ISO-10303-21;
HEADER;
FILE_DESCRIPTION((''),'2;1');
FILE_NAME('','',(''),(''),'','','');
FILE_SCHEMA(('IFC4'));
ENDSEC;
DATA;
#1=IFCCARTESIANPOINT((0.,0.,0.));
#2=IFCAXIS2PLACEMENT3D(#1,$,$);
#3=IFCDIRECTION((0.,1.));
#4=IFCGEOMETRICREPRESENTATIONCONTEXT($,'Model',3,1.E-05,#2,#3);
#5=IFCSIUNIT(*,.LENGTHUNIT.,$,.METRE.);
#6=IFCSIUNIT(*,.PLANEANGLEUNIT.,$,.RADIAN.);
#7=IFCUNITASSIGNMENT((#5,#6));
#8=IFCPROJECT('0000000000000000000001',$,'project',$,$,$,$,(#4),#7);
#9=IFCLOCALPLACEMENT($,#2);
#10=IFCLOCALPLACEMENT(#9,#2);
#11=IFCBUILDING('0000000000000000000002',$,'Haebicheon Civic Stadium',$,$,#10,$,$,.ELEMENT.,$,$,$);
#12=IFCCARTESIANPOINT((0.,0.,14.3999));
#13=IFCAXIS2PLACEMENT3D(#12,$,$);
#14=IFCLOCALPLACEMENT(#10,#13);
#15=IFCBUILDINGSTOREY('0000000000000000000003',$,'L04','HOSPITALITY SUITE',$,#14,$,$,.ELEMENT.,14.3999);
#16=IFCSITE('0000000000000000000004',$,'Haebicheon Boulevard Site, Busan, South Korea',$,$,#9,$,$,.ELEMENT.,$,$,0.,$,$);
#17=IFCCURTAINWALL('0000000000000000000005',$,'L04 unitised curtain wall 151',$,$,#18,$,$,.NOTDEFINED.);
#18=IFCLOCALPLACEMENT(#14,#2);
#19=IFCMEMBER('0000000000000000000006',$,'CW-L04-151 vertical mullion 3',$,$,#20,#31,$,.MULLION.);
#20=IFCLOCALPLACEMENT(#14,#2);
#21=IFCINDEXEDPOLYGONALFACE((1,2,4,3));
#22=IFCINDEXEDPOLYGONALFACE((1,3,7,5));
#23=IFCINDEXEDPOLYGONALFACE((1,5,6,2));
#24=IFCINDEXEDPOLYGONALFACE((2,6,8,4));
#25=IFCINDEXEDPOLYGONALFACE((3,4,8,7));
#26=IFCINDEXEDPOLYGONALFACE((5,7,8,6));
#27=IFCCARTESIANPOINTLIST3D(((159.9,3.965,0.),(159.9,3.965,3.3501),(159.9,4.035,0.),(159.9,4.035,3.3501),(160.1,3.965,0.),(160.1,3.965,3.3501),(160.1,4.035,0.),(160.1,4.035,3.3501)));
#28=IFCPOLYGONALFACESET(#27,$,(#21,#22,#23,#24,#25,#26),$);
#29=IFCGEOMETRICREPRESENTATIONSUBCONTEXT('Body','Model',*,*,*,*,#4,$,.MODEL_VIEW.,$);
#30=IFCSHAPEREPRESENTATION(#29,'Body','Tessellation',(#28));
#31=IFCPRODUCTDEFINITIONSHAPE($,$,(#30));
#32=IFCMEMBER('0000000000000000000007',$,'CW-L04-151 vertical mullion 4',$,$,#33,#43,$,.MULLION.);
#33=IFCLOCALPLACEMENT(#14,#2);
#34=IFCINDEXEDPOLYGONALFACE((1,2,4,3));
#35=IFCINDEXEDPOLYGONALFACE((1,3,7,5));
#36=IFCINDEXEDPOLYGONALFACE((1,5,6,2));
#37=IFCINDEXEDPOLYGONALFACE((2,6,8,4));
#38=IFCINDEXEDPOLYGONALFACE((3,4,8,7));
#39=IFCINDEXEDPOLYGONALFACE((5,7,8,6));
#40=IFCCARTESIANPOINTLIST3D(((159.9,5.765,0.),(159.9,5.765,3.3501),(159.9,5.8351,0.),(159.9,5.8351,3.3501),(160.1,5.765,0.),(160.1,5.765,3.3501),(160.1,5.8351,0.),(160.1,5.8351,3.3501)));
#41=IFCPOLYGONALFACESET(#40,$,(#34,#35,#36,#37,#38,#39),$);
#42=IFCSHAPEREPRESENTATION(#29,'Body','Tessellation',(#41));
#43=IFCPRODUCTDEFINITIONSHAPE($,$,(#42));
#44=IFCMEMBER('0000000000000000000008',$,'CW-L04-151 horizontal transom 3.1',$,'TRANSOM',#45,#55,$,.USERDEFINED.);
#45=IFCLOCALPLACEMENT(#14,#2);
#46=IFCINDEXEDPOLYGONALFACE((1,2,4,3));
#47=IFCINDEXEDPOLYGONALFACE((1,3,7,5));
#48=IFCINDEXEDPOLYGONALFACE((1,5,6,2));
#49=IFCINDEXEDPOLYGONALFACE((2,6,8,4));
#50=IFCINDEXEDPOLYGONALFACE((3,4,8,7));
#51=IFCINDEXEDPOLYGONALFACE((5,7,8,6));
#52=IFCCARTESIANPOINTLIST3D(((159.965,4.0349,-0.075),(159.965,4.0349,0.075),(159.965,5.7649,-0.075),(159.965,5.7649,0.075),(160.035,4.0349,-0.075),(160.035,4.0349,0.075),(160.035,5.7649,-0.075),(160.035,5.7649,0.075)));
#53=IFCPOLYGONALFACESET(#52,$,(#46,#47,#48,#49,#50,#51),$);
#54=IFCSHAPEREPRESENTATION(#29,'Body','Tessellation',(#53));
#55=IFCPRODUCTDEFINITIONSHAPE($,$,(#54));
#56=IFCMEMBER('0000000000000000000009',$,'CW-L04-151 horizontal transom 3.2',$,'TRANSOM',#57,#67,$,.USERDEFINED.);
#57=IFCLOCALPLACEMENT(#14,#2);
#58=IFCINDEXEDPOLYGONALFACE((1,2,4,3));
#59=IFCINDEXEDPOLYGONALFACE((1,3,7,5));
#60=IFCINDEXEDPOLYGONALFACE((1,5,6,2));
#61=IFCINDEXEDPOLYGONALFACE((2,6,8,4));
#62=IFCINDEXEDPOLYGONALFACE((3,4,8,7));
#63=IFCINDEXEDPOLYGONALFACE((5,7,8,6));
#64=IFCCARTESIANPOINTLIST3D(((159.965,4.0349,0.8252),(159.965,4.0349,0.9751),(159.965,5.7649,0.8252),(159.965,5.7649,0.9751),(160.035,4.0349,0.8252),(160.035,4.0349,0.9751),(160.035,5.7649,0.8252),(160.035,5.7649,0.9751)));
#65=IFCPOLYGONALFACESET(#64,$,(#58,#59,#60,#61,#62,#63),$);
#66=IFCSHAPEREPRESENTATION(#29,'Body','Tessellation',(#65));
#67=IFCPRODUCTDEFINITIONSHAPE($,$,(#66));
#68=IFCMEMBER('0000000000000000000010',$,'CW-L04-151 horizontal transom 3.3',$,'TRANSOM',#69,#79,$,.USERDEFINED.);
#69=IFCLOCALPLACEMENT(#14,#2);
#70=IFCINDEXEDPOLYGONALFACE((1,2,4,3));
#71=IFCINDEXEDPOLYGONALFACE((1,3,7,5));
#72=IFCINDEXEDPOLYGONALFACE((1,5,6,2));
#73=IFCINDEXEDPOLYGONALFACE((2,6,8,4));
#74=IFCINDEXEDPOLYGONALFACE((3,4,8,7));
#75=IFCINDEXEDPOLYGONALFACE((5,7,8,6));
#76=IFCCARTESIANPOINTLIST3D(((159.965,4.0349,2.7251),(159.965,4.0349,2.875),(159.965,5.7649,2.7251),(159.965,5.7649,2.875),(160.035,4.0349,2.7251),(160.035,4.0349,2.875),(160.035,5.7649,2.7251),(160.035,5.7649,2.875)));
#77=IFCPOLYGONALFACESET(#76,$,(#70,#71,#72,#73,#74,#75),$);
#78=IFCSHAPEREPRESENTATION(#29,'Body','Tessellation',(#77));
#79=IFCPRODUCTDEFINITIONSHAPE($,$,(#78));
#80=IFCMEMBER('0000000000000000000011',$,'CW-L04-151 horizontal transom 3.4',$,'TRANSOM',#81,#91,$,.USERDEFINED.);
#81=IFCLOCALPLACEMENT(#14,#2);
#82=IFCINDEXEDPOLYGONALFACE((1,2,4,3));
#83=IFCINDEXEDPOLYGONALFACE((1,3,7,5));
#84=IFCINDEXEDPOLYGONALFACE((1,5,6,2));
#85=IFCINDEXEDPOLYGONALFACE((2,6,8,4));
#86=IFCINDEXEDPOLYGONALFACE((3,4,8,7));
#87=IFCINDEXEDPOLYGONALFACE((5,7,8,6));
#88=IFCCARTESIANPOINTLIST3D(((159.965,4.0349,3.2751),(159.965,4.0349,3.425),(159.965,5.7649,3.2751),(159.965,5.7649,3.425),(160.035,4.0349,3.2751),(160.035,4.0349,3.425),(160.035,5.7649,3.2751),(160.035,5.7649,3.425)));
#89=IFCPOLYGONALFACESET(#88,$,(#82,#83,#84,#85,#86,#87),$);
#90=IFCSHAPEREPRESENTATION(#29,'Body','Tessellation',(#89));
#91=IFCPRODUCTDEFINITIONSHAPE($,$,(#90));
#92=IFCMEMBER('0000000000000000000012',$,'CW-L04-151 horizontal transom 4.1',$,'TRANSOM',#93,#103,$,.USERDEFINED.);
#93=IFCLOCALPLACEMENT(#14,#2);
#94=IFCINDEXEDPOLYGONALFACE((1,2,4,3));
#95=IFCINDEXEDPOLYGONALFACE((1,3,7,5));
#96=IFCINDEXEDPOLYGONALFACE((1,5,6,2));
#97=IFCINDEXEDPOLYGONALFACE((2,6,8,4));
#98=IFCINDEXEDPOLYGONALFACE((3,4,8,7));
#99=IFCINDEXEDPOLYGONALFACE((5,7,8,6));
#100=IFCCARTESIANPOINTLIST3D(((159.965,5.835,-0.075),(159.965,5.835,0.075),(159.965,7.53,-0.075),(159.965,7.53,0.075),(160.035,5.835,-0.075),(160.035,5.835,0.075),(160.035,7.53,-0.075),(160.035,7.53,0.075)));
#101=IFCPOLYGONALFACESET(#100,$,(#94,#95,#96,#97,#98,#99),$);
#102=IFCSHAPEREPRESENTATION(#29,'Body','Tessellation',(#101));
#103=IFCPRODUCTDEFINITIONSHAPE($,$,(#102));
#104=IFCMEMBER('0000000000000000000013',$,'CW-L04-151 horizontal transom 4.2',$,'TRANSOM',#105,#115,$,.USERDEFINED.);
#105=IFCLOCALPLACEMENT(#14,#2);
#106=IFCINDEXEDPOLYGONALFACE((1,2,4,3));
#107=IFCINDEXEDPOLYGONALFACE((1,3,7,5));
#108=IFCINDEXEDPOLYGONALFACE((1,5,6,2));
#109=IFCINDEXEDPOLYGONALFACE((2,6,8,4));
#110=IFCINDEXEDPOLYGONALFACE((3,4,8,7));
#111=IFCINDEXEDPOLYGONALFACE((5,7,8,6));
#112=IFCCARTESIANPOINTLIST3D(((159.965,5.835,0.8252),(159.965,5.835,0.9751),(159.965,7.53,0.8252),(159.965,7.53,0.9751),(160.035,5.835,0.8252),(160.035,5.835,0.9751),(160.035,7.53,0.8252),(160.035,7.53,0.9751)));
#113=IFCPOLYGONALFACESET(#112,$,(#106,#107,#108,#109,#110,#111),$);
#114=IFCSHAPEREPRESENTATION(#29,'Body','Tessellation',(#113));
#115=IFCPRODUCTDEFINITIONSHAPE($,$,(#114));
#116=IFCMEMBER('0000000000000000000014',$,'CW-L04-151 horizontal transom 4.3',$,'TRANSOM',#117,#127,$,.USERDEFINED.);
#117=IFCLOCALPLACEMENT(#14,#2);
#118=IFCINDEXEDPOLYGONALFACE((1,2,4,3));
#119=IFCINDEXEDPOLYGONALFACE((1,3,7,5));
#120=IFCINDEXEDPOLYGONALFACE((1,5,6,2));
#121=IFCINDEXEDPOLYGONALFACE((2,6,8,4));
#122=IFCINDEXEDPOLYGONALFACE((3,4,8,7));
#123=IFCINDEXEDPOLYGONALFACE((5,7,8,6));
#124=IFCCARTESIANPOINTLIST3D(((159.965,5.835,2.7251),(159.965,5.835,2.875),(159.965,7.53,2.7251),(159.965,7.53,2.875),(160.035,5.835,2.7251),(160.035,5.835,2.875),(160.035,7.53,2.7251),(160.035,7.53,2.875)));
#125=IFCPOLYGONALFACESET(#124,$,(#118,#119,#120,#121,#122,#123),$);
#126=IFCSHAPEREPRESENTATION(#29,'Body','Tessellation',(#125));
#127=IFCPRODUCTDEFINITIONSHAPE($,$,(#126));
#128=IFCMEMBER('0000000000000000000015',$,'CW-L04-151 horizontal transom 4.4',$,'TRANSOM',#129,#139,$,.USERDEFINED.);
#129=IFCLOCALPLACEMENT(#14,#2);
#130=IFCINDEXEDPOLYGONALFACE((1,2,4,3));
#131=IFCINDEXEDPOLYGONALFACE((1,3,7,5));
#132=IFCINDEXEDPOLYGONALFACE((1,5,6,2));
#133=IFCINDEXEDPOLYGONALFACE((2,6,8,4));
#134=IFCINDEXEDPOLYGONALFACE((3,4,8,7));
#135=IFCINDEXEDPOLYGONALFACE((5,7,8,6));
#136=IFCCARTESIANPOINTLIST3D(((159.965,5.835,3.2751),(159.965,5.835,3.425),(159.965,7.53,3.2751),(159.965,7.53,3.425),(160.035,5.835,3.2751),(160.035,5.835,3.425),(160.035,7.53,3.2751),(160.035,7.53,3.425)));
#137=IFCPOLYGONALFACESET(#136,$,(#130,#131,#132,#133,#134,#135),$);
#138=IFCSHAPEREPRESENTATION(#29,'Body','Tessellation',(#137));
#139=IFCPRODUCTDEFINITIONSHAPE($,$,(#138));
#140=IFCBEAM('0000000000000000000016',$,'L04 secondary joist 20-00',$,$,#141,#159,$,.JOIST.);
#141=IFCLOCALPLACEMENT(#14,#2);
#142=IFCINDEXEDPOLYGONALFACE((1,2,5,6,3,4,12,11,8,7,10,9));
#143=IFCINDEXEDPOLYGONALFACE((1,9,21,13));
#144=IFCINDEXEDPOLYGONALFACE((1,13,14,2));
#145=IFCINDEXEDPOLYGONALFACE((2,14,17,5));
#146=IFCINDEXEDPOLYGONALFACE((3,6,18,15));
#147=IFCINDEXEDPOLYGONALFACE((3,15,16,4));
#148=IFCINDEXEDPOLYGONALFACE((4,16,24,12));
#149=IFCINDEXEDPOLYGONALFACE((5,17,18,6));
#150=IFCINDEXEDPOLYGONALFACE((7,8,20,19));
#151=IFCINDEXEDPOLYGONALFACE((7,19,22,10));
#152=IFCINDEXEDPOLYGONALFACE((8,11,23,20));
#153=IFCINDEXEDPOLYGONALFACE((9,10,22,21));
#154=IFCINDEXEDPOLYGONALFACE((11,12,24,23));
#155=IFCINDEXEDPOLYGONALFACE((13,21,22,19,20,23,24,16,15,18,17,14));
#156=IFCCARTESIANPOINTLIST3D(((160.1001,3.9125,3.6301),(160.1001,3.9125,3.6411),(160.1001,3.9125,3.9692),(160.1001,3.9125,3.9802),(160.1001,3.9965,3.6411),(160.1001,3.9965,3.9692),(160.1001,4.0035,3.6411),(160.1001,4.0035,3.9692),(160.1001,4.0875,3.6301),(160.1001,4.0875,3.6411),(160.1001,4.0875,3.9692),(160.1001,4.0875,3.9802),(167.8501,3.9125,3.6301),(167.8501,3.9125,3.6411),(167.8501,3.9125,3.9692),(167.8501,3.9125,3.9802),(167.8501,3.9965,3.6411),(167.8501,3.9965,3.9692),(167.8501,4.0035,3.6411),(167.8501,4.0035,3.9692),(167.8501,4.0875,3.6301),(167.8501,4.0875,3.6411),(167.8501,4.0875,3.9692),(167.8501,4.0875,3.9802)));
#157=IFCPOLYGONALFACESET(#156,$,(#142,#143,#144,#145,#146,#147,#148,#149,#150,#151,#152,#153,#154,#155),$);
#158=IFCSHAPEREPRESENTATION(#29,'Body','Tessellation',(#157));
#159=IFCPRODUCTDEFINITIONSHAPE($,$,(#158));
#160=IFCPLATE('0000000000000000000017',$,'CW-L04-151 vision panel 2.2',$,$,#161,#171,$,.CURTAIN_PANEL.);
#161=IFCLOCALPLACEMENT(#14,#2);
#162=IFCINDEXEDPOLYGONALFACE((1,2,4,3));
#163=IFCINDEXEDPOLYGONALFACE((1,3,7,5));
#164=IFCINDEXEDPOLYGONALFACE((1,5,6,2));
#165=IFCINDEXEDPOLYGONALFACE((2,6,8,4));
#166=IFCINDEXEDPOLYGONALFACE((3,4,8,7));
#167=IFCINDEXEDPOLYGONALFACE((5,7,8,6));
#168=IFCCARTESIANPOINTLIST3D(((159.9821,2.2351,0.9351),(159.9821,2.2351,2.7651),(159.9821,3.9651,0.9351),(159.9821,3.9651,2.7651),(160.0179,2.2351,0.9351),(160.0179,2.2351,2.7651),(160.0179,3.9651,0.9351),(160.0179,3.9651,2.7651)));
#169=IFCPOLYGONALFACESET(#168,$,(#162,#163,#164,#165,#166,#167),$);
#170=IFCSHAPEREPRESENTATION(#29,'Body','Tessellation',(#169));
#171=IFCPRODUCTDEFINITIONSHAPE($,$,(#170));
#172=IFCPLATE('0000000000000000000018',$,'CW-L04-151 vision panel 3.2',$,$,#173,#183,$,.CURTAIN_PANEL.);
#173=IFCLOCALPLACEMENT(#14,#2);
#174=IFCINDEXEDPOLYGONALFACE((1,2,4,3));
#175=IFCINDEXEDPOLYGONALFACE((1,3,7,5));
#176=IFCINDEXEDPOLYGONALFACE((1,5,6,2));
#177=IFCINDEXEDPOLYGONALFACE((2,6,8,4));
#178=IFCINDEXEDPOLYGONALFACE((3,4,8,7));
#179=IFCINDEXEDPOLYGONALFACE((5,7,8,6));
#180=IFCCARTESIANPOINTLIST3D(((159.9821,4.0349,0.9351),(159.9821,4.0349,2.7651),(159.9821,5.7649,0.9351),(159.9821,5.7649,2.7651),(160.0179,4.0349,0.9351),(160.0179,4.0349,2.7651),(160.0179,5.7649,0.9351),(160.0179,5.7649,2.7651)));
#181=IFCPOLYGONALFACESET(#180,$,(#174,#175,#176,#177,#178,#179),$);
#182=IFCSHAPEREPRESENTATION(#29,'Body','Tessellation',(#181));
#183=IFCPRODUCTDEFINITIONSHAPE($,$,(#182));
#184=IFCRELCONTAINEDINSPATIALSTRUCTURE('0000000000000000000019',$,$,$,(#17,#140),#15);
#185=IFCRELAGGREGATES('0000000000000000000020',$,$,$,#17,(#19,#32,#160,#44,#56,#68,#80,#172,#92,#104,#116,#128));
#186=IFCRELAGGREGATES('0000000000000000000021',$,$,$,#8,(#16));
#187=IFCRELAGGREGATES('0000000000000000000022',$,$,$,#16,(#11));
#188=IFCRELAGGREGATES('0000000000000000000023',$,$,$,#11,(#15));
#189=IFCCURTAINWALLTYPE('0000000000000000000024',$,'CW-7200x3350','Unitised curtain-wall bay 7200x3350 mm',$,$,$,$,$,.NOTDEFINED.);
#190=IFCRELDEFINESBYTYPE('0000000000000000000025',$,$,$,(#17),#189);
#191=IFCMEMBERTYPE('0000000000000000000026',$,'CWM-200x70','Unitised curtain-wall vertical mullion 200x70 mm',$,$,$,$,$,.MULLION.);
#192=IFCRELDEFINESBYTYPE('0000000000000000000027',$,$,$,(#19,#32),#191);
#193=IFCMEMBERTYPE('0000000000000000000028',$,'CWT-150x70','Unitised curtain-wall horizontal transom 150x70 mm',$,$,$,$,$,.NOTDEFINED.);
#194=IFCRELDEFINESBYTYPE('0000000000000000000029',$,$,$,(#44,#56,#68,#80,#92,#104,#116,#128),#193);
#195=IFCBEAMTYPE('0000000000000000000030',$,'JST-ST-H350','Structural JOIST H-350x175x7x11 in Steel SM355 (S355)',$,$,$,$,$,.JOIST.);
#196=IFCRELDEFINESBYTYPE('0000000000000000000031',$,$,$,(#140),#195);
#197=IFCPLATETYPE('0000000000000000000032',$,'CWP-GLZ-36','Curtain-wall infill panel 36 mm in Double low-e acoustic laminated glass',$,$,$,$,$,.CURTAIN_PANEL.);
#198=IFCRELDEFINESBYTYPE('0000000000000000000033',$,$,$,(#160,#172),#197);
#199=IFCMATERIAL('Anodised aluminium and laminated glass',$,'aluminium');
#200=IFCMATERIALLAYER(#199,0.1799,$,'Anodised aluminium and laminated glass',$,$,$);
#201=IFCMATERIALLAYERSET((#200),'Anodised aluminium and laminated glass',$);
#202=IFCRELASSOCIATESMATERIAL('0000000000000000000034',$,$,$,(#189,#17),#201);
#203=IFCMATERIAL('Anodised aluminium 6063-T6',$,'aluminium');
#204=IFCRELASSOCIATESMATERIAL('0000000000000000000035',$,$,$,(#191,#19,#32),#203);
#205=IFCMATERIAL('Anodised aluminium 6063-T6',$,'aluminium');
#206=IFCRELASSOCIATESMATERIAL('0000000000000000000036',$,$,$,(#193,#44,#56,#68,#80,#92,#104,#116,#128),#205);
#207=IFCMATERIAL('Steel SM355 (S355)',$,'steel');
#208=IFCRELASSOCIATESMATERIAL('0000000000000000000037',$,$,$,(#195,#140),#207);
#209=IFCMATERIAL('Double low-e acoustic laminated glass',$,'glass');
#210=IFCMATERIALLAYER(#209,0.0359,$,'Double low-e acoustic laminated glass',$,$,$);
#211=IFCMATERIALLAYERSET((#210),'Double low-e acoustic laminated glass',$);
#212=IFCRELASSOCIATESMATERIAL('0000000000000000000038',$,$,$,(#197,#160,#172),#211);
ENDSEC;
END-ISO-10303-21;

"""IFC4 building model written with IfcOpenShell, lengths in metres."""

from ifc_helpers import new_model, si_unit, direction, frame, origin, origin_2d, place, context, subcontext, project, spatial, rectangle, i_section, extrude, material, layer, layer_set, material_profile, profile_set, type_object, element, aggregate, save


model = new_model("IFC4")

# Units and contexts
model_context = context("Model", 3, precision=1e-05, world=origin(), true_north=direction((0.0, 1.0)))
body_context = subcontext(model_context, "Body", "Model", "MODEL_VIEW")
ifc_project = project(units=[si_unit("LENGTHUNIT", "METRE"), si_unit("PLANEANGLEUNIT", "RADIAN")], contexts=[model_context])

# Site, building, storey
site_placement = place(None, origin())
site = spatial("IfcSite", under=ifc_project, at=site_placement, Name="Haebicheon Boulevard Site, Busan, South Korea", CompositionType="ELEMENT", RefElevation=0.0)
building_placement = place(site_placement, origin())
building = spatial("IfcBuilding", under=site, at=building_placement, Name="Haebicheon Civic Stadium", CompositionType="ELEMENT")
storey_placement = place(building_placement, frame((0.0, 0.0, 14.3999)))
storey = spatial("IfcBuildingStorey", under=building, at=storey_placement, Name="L04", Description="HOSPITALITY SUITE", CompositionType="ELEMENT", Elevation=14.3999)

# Curtain wall, members
ifc_material_1 = material(Name="Anodised aluminium and laminated glass", Category="aluminium")
ifc_layer_1 = layer(ifc_material_1, 0.1799, Name="Anodised aluminium and laminated glass")
ifc_layer_set_1 = layer_set([ifc_layer_1], Name="Anodised aluminium and laminated glass")
curtain_wall_type = type_object("IfcCurtainWallType", Name="CW-7200x3350", Description="Unitised curtain-wall bay 7200x3350 mm", PredefinedType="NOTDEFINED", material=ifc_layer_set_1)
curtain_wall_placement = place(storey_placement, origin())
curtain_wall = element("IfcCurtainWall", 1, at=curtain_wall_placement, inside=storey, type_object=curtain_wall_type, material=ifc_layer_set_1, Name="L04 unitised curtain wall 151", PredefinedType="NOTDEFINED")
ifc_material_2 = material(Name="Anodised aluminium 6063-T6", Category="aluminium")
ifc_material_profile_1 = material_profile(ifc_material_2, rectangle(XDim=0.0701, YDim=0.2, at=origin_2d()), Name="ALU-MULL-70x200")
ifc_profile_set_1 = profile_set([ifc_material_profile_1], Name="Anodised aluminium 6063-T6")
member_type_1 = type_object("IfcMemberType", Name="CWM-200x70", Description="Unitised curtain-wall vertical mullion 200x70 mm", PredefinedType="MULLION", material=ifc_profile_set_1)
member_1_placement = place(storey_placement, frame((160.0, 4.0, 0.0), z_axis=(0.0, 0.0, 1.0), x_axis=(0.0, 1.0, 0.0)))
member_1 = element("IfcMember", 2, at=member_1_placement, type_object=member_type_1, material=ifc_profile_set_1, Name="CW-L04-151 vertical mullion 3", PredefinedType="MULLION", context=body_context, shape_type="SweptSolid", body=[
    extrude(rectangle(XDim=0.0701, YDim=0.2, at=origin_2d()), origin(), (0.0, 0.0, 1.0), 3.3501),
])
member_2_placement = place(storey_placement, frame((160.0, 5.8, 0.0), z_axis=(0.0, 0.0, 1.0), x_axis=(0.0, 1.0, 0.0)))
member_2 = element("IfcMember", 3, at=member_2_placement, type_object=member_type_1, material=ifc_profile_set_1, Name="CW-L04-151 vertical mullion 4", PredefinedType="MULLION", context=body_context, shape_type="SweptSolid", body=[
    extrude(rectangle(XDim=0.0701, YDim=0.2, at=origin_2d()), origin(), (0.0, 0.0, 1.0), 3.3501),
])
ifc_material_3 = material(Name="Anodised aluminium 6063-T6", Category="aluminium")
ifc_material_profile_2 = material_profile(ifc_material_3, rectangle(XDim=0.0701, YDim=0.1499, at=origin_2d()), Name="ALU-TRAN-70x150")
ifc_profile_set_2 = profile_set([ifc_material_profile_2], Name="Anodised aluminium 6063-T6")
member_type_2 = type_object("IfcMemberType", Name="CWT-150x70", Description="Unitised curtain-wall horizontal transom 150x70 mm", PredefinedType="NOTDEFINED", material=ifc_profile_set_2)
member_3_placement = place(storey_placement, frame((160.0, 4.0349, 0.0), z_axis=(0.0, 1.0, 0.0), x_axis=(-1.0, 0.0, 0.0)))
member_3 = element("IfcMember", 4, at=member_3_placement, type_object=member_type_2, material=ifc_profile_set_2, Name="CW-L04-151 horizontal transom 3.1", ObjectType="TRANSOM", PredefinedType="USERDEFINED", context=body_context, shape_type="SweptSolid", body=[
    extrude(rectangle(XDim=0.0701, YDim=0.1499, at=origin_2d()), origin(), (0.0, 0.0, 1.0), 1.73),
])
member_4_placement = place(storey_placement, frame((160.0, 4.0349, 0.9001), z_axis=(0.0, 1.0, 0.0), x_axis=(-1.0, 0.0, 0.0)))
member_4 = element("IfcMember", 5, at=member_4_placement, type_object=member_type_2, material=ifc_profile_set_2, Name="CW-L04-151 horizontal transom 3.2", ObjectType="TRANSOM", PredefinedType="USERDEFINED", context=body_context, shape_type="SweptSolid", body=[
    extrude(rectangle(XDim=0.0701, YDim=0.1499, at=origin_2d()), origin(), (0.0, 0.0, 1.0), 1.73),
])
member_5_placement = place(storey_placement, frame((160.0, 4.0349, 2.8), z_axis=(0.0, 1.0, 0.0), x_axis=(-1.0, 0.0, 0.0)))
member_5 = element("IfcMember", 6, at=member_5_placement, type_object=member_type_2, material=ifc_profile_set_2, Name="CW-L04-151 horizontal transom 3.3", ObjectType="TRANSOM", PredefinedType="USERDEFINED", context=body_context, shape_type="SweptSolid", body=[
    extrude(rectangle(XDim=0.0701, YDim=0.1499, at=origin_2d()), origin(), (0.0, 0.0, 1.0), 1.73),
])
member_6_placement = place(storey_placement, frame((160.0, 4.0349, 3.3501), z_axis=(0.0, 1.0, 0.0), x_axis=(-1.0, 0.0, 0.0)))
member_6 = element("IfcMember", 7, at=member_6_placement, type_object=member_type_2, material=ifc_profile_set_2, Name="CW-L04-151 horizontal transom 3.4", ObjectType="TRANSOM", PredefinedType="USERDEFINED", context=body_context, shape_type="SweptSolid", body=[
    extrude(rectangle(XDim=0.0701, YDim=0.1499, at=origin_2d()), origin(), (0.0, 0.0, 1.0), 1.73),
])
member_7_placement = place(storey_placement, frame((160.0, 5.835, 0.0), z_axis=(0.0, 1.0, 0.0), x_axis=(-1.0, 0.0, 0.0)))
member_7 = element("IfcMember", 8, at=member_7_placement, type_object=member_type_2, material=ifc_profile_set_2, Name="CW-L04-151 horizontal transom 4.1", ObjectType="TRANSOM", PredefinedType="USERDEFINED", context=body_context, shape_type="SweptSolid", body=[
    extrude(rectangle(XDim=0.0701, YDim=0.1499, at=origin_2d()), origin(), (0.0, 0.0, 1.0), 1.6951),
])
member_8_placement = place(storey_placement, frame((160.0, 5.835, 0.9001), z_axis=(0.0, 1.0, 0.0), x_axis=(-1.0, 0.0, 0.0)))
member_8 = element("IfcMember", 9, at=member_8_placement, type_object=member_type_2, material=ifc_profile_set_2, Name="CW-L04-151 horizontal transom 4.2", ObjectType="TRANSOM", PredefinedType="USERDEFINED", context=body_context, shape_type="SweptSolid", body=[
    extrude(rectangle(XDim=0.0701, YDim=0.1499, at=origin_2d()), origin(), (0.0, 0.0, 1.0), 1.6951),
])
member_9_placement = place(storey_placement, frame((160.0, 5.835, 2.8), z_axis=(0.0, 1.0, 0.0), x_axis=(-1.0, 0.0, 0.0)))
member_9 = element("IfcMember", 10, at=member_9_placement, type_object=member_type_2, material=ifc_profile_set_2, Name="CW-L04-151 horizontal transom 4.3", ObjectType="TRANSOM", PredefinedType="USERDEFINED", context=body_context, shape_type="SweptSolid", body=[
    extrude(rectangle(XDim=0.0701, YDim=0.1499, at=origin_2d()), origin(), (0.0, 0.0, 1.0), 1.6951),
])
member_10_placement = place(storey_placement, frame((160.0, 5.835, 3.3501), z_axis=(0.0, 1.0, 0.0), x_axis=(-1.0, 0.0, 0.0)))
member_10 = element("IfcMember", 11, at=member_10_placement, type_object=member_type_2, material=ifc_profile_set_2, Name="CW-L04-151 horizontal transom 4.4", ObjectType="TRANSOM", PredefinedType="USERDEFINED", context=body_context, shape_type="SweptSolid", body=[
    extrude(rectangle(XDim=0.0701, YDim=0.1499, at=origin_2d()), origin(), (0.0, 0.0, 1.0), 1.6951),
])

# Beam
ifc_material_4 = material(Name="Steel SM355 (S355)", Category="steel")
ifc_material_profile_3 = material_profile(ifc_material_4, i_section(OverallWidth=0.175, OverallDepth=0.3501, WebThickness=0.0071, FlangeThickness=0.011, at=origin_2d()), Name="H-350x175x7x11")
ifc_profile_set_3 = profile_set([ifc_material_profile_3], Name="Steel SM355 (S355)")
beam_type = type_object("IfcBeamType", Name="JST-ST-H350", Description="Structural JOIST H-350x175x7x11 in Steel SM355 (S355)", PredefinedType="JOIST", material=ifc_profile_set_3)
beam_placement = place(storey_placement, frame((160.1001, 4.0, 3.8052), z_axis=(1.0, 0.0, 0.0), x_axis=(0.0, 1.0, 0.0)))
element("IfcBeam", 12, at=beam_placement, inside=storey, type_object=beam_type, material=ifc_profile_set_3, Name="L04 secondary joist 20-00", PredefinedType="JOIST", context=body_context, shape_type="SweptSolid", body=[
    extrude(i_section(OverallWidth=0.175, OverallDepth=0.3501, WebThickness=0.0071, FlangeThickness=0.011, at=origin_2d()), origin(), (0.0, 0.0, 1.0), 7.75),
])

# Plates
ifc_material_5 = material(Name="Double low-e acoustic laminated glass", Category="glass")
ifc_layer_2 = layer(ifc_material_5, 0.0359, Name="Double low-e acoustic laminated glass")
ifc_layer_set_2 = layer_set([ifc_layer_2], Name="Double low-e acoustic laminated glass")
plate_type_1 = type_object("IfcPlateType", Name="CWP-GLZ-36", Description="Curtain-wall infill panel 36 mm in Double low-e acoustic laminated glass", PredefinedType="CURTAIN_PANEL", material=ifc_layer_set_2)
plate_1_placement = place(storey_placement, frame((160.0, 3.1001, 0.9351), z_axis=(0.0, 0.0, 1.0), x_axis=(0.0, 1.0, 0.0)))
plate_1 = element("IfcPlate", 13, at=plate_1_placement, type_object=plate_type_1, material=ifc_layer_set_2, Name="CW-L04-151 vision panel 2.2", PredefinedType="CURTAIN_PANEL", context=body_context, shape_type="SweptSolid", body=[
    extrude(rectangle(XDim=1.73, YDim=0.0359, at=origin_2d()), origin(), (0.0, 0.0, 1.0), 1.8301),
])
plate_2_placement = place(storey_placement, frame((160.0, 4.8999, 0.9351), z_axis=(0.0, 0.0, 1.0), x_axis=(0.0, 1.0, 0.0)))
plate_2 = element("IfcPlate", 14, at=plate_2_placement, type_object=plate_type_1, material=ifc_layer_set_2, Name="CW-L04-151 vision panel 3.2", PredefinedType="CURTAIN_PANEL", context=body_context, shape_type="SweptSolid", body=[
    extrude(rectangle(XDim=1.73, YDim=0.0359, at=origin_2d()), origin(), (0.0, 0.0, 1.0), 1.8301),
])
aggregate(curtain_wall, [member_1, member_2, plate_1, member_3, member_4, member_5, member_6, plate_2, member_7, member_8, member_9, member_10])

save(model, "model.ifc")
